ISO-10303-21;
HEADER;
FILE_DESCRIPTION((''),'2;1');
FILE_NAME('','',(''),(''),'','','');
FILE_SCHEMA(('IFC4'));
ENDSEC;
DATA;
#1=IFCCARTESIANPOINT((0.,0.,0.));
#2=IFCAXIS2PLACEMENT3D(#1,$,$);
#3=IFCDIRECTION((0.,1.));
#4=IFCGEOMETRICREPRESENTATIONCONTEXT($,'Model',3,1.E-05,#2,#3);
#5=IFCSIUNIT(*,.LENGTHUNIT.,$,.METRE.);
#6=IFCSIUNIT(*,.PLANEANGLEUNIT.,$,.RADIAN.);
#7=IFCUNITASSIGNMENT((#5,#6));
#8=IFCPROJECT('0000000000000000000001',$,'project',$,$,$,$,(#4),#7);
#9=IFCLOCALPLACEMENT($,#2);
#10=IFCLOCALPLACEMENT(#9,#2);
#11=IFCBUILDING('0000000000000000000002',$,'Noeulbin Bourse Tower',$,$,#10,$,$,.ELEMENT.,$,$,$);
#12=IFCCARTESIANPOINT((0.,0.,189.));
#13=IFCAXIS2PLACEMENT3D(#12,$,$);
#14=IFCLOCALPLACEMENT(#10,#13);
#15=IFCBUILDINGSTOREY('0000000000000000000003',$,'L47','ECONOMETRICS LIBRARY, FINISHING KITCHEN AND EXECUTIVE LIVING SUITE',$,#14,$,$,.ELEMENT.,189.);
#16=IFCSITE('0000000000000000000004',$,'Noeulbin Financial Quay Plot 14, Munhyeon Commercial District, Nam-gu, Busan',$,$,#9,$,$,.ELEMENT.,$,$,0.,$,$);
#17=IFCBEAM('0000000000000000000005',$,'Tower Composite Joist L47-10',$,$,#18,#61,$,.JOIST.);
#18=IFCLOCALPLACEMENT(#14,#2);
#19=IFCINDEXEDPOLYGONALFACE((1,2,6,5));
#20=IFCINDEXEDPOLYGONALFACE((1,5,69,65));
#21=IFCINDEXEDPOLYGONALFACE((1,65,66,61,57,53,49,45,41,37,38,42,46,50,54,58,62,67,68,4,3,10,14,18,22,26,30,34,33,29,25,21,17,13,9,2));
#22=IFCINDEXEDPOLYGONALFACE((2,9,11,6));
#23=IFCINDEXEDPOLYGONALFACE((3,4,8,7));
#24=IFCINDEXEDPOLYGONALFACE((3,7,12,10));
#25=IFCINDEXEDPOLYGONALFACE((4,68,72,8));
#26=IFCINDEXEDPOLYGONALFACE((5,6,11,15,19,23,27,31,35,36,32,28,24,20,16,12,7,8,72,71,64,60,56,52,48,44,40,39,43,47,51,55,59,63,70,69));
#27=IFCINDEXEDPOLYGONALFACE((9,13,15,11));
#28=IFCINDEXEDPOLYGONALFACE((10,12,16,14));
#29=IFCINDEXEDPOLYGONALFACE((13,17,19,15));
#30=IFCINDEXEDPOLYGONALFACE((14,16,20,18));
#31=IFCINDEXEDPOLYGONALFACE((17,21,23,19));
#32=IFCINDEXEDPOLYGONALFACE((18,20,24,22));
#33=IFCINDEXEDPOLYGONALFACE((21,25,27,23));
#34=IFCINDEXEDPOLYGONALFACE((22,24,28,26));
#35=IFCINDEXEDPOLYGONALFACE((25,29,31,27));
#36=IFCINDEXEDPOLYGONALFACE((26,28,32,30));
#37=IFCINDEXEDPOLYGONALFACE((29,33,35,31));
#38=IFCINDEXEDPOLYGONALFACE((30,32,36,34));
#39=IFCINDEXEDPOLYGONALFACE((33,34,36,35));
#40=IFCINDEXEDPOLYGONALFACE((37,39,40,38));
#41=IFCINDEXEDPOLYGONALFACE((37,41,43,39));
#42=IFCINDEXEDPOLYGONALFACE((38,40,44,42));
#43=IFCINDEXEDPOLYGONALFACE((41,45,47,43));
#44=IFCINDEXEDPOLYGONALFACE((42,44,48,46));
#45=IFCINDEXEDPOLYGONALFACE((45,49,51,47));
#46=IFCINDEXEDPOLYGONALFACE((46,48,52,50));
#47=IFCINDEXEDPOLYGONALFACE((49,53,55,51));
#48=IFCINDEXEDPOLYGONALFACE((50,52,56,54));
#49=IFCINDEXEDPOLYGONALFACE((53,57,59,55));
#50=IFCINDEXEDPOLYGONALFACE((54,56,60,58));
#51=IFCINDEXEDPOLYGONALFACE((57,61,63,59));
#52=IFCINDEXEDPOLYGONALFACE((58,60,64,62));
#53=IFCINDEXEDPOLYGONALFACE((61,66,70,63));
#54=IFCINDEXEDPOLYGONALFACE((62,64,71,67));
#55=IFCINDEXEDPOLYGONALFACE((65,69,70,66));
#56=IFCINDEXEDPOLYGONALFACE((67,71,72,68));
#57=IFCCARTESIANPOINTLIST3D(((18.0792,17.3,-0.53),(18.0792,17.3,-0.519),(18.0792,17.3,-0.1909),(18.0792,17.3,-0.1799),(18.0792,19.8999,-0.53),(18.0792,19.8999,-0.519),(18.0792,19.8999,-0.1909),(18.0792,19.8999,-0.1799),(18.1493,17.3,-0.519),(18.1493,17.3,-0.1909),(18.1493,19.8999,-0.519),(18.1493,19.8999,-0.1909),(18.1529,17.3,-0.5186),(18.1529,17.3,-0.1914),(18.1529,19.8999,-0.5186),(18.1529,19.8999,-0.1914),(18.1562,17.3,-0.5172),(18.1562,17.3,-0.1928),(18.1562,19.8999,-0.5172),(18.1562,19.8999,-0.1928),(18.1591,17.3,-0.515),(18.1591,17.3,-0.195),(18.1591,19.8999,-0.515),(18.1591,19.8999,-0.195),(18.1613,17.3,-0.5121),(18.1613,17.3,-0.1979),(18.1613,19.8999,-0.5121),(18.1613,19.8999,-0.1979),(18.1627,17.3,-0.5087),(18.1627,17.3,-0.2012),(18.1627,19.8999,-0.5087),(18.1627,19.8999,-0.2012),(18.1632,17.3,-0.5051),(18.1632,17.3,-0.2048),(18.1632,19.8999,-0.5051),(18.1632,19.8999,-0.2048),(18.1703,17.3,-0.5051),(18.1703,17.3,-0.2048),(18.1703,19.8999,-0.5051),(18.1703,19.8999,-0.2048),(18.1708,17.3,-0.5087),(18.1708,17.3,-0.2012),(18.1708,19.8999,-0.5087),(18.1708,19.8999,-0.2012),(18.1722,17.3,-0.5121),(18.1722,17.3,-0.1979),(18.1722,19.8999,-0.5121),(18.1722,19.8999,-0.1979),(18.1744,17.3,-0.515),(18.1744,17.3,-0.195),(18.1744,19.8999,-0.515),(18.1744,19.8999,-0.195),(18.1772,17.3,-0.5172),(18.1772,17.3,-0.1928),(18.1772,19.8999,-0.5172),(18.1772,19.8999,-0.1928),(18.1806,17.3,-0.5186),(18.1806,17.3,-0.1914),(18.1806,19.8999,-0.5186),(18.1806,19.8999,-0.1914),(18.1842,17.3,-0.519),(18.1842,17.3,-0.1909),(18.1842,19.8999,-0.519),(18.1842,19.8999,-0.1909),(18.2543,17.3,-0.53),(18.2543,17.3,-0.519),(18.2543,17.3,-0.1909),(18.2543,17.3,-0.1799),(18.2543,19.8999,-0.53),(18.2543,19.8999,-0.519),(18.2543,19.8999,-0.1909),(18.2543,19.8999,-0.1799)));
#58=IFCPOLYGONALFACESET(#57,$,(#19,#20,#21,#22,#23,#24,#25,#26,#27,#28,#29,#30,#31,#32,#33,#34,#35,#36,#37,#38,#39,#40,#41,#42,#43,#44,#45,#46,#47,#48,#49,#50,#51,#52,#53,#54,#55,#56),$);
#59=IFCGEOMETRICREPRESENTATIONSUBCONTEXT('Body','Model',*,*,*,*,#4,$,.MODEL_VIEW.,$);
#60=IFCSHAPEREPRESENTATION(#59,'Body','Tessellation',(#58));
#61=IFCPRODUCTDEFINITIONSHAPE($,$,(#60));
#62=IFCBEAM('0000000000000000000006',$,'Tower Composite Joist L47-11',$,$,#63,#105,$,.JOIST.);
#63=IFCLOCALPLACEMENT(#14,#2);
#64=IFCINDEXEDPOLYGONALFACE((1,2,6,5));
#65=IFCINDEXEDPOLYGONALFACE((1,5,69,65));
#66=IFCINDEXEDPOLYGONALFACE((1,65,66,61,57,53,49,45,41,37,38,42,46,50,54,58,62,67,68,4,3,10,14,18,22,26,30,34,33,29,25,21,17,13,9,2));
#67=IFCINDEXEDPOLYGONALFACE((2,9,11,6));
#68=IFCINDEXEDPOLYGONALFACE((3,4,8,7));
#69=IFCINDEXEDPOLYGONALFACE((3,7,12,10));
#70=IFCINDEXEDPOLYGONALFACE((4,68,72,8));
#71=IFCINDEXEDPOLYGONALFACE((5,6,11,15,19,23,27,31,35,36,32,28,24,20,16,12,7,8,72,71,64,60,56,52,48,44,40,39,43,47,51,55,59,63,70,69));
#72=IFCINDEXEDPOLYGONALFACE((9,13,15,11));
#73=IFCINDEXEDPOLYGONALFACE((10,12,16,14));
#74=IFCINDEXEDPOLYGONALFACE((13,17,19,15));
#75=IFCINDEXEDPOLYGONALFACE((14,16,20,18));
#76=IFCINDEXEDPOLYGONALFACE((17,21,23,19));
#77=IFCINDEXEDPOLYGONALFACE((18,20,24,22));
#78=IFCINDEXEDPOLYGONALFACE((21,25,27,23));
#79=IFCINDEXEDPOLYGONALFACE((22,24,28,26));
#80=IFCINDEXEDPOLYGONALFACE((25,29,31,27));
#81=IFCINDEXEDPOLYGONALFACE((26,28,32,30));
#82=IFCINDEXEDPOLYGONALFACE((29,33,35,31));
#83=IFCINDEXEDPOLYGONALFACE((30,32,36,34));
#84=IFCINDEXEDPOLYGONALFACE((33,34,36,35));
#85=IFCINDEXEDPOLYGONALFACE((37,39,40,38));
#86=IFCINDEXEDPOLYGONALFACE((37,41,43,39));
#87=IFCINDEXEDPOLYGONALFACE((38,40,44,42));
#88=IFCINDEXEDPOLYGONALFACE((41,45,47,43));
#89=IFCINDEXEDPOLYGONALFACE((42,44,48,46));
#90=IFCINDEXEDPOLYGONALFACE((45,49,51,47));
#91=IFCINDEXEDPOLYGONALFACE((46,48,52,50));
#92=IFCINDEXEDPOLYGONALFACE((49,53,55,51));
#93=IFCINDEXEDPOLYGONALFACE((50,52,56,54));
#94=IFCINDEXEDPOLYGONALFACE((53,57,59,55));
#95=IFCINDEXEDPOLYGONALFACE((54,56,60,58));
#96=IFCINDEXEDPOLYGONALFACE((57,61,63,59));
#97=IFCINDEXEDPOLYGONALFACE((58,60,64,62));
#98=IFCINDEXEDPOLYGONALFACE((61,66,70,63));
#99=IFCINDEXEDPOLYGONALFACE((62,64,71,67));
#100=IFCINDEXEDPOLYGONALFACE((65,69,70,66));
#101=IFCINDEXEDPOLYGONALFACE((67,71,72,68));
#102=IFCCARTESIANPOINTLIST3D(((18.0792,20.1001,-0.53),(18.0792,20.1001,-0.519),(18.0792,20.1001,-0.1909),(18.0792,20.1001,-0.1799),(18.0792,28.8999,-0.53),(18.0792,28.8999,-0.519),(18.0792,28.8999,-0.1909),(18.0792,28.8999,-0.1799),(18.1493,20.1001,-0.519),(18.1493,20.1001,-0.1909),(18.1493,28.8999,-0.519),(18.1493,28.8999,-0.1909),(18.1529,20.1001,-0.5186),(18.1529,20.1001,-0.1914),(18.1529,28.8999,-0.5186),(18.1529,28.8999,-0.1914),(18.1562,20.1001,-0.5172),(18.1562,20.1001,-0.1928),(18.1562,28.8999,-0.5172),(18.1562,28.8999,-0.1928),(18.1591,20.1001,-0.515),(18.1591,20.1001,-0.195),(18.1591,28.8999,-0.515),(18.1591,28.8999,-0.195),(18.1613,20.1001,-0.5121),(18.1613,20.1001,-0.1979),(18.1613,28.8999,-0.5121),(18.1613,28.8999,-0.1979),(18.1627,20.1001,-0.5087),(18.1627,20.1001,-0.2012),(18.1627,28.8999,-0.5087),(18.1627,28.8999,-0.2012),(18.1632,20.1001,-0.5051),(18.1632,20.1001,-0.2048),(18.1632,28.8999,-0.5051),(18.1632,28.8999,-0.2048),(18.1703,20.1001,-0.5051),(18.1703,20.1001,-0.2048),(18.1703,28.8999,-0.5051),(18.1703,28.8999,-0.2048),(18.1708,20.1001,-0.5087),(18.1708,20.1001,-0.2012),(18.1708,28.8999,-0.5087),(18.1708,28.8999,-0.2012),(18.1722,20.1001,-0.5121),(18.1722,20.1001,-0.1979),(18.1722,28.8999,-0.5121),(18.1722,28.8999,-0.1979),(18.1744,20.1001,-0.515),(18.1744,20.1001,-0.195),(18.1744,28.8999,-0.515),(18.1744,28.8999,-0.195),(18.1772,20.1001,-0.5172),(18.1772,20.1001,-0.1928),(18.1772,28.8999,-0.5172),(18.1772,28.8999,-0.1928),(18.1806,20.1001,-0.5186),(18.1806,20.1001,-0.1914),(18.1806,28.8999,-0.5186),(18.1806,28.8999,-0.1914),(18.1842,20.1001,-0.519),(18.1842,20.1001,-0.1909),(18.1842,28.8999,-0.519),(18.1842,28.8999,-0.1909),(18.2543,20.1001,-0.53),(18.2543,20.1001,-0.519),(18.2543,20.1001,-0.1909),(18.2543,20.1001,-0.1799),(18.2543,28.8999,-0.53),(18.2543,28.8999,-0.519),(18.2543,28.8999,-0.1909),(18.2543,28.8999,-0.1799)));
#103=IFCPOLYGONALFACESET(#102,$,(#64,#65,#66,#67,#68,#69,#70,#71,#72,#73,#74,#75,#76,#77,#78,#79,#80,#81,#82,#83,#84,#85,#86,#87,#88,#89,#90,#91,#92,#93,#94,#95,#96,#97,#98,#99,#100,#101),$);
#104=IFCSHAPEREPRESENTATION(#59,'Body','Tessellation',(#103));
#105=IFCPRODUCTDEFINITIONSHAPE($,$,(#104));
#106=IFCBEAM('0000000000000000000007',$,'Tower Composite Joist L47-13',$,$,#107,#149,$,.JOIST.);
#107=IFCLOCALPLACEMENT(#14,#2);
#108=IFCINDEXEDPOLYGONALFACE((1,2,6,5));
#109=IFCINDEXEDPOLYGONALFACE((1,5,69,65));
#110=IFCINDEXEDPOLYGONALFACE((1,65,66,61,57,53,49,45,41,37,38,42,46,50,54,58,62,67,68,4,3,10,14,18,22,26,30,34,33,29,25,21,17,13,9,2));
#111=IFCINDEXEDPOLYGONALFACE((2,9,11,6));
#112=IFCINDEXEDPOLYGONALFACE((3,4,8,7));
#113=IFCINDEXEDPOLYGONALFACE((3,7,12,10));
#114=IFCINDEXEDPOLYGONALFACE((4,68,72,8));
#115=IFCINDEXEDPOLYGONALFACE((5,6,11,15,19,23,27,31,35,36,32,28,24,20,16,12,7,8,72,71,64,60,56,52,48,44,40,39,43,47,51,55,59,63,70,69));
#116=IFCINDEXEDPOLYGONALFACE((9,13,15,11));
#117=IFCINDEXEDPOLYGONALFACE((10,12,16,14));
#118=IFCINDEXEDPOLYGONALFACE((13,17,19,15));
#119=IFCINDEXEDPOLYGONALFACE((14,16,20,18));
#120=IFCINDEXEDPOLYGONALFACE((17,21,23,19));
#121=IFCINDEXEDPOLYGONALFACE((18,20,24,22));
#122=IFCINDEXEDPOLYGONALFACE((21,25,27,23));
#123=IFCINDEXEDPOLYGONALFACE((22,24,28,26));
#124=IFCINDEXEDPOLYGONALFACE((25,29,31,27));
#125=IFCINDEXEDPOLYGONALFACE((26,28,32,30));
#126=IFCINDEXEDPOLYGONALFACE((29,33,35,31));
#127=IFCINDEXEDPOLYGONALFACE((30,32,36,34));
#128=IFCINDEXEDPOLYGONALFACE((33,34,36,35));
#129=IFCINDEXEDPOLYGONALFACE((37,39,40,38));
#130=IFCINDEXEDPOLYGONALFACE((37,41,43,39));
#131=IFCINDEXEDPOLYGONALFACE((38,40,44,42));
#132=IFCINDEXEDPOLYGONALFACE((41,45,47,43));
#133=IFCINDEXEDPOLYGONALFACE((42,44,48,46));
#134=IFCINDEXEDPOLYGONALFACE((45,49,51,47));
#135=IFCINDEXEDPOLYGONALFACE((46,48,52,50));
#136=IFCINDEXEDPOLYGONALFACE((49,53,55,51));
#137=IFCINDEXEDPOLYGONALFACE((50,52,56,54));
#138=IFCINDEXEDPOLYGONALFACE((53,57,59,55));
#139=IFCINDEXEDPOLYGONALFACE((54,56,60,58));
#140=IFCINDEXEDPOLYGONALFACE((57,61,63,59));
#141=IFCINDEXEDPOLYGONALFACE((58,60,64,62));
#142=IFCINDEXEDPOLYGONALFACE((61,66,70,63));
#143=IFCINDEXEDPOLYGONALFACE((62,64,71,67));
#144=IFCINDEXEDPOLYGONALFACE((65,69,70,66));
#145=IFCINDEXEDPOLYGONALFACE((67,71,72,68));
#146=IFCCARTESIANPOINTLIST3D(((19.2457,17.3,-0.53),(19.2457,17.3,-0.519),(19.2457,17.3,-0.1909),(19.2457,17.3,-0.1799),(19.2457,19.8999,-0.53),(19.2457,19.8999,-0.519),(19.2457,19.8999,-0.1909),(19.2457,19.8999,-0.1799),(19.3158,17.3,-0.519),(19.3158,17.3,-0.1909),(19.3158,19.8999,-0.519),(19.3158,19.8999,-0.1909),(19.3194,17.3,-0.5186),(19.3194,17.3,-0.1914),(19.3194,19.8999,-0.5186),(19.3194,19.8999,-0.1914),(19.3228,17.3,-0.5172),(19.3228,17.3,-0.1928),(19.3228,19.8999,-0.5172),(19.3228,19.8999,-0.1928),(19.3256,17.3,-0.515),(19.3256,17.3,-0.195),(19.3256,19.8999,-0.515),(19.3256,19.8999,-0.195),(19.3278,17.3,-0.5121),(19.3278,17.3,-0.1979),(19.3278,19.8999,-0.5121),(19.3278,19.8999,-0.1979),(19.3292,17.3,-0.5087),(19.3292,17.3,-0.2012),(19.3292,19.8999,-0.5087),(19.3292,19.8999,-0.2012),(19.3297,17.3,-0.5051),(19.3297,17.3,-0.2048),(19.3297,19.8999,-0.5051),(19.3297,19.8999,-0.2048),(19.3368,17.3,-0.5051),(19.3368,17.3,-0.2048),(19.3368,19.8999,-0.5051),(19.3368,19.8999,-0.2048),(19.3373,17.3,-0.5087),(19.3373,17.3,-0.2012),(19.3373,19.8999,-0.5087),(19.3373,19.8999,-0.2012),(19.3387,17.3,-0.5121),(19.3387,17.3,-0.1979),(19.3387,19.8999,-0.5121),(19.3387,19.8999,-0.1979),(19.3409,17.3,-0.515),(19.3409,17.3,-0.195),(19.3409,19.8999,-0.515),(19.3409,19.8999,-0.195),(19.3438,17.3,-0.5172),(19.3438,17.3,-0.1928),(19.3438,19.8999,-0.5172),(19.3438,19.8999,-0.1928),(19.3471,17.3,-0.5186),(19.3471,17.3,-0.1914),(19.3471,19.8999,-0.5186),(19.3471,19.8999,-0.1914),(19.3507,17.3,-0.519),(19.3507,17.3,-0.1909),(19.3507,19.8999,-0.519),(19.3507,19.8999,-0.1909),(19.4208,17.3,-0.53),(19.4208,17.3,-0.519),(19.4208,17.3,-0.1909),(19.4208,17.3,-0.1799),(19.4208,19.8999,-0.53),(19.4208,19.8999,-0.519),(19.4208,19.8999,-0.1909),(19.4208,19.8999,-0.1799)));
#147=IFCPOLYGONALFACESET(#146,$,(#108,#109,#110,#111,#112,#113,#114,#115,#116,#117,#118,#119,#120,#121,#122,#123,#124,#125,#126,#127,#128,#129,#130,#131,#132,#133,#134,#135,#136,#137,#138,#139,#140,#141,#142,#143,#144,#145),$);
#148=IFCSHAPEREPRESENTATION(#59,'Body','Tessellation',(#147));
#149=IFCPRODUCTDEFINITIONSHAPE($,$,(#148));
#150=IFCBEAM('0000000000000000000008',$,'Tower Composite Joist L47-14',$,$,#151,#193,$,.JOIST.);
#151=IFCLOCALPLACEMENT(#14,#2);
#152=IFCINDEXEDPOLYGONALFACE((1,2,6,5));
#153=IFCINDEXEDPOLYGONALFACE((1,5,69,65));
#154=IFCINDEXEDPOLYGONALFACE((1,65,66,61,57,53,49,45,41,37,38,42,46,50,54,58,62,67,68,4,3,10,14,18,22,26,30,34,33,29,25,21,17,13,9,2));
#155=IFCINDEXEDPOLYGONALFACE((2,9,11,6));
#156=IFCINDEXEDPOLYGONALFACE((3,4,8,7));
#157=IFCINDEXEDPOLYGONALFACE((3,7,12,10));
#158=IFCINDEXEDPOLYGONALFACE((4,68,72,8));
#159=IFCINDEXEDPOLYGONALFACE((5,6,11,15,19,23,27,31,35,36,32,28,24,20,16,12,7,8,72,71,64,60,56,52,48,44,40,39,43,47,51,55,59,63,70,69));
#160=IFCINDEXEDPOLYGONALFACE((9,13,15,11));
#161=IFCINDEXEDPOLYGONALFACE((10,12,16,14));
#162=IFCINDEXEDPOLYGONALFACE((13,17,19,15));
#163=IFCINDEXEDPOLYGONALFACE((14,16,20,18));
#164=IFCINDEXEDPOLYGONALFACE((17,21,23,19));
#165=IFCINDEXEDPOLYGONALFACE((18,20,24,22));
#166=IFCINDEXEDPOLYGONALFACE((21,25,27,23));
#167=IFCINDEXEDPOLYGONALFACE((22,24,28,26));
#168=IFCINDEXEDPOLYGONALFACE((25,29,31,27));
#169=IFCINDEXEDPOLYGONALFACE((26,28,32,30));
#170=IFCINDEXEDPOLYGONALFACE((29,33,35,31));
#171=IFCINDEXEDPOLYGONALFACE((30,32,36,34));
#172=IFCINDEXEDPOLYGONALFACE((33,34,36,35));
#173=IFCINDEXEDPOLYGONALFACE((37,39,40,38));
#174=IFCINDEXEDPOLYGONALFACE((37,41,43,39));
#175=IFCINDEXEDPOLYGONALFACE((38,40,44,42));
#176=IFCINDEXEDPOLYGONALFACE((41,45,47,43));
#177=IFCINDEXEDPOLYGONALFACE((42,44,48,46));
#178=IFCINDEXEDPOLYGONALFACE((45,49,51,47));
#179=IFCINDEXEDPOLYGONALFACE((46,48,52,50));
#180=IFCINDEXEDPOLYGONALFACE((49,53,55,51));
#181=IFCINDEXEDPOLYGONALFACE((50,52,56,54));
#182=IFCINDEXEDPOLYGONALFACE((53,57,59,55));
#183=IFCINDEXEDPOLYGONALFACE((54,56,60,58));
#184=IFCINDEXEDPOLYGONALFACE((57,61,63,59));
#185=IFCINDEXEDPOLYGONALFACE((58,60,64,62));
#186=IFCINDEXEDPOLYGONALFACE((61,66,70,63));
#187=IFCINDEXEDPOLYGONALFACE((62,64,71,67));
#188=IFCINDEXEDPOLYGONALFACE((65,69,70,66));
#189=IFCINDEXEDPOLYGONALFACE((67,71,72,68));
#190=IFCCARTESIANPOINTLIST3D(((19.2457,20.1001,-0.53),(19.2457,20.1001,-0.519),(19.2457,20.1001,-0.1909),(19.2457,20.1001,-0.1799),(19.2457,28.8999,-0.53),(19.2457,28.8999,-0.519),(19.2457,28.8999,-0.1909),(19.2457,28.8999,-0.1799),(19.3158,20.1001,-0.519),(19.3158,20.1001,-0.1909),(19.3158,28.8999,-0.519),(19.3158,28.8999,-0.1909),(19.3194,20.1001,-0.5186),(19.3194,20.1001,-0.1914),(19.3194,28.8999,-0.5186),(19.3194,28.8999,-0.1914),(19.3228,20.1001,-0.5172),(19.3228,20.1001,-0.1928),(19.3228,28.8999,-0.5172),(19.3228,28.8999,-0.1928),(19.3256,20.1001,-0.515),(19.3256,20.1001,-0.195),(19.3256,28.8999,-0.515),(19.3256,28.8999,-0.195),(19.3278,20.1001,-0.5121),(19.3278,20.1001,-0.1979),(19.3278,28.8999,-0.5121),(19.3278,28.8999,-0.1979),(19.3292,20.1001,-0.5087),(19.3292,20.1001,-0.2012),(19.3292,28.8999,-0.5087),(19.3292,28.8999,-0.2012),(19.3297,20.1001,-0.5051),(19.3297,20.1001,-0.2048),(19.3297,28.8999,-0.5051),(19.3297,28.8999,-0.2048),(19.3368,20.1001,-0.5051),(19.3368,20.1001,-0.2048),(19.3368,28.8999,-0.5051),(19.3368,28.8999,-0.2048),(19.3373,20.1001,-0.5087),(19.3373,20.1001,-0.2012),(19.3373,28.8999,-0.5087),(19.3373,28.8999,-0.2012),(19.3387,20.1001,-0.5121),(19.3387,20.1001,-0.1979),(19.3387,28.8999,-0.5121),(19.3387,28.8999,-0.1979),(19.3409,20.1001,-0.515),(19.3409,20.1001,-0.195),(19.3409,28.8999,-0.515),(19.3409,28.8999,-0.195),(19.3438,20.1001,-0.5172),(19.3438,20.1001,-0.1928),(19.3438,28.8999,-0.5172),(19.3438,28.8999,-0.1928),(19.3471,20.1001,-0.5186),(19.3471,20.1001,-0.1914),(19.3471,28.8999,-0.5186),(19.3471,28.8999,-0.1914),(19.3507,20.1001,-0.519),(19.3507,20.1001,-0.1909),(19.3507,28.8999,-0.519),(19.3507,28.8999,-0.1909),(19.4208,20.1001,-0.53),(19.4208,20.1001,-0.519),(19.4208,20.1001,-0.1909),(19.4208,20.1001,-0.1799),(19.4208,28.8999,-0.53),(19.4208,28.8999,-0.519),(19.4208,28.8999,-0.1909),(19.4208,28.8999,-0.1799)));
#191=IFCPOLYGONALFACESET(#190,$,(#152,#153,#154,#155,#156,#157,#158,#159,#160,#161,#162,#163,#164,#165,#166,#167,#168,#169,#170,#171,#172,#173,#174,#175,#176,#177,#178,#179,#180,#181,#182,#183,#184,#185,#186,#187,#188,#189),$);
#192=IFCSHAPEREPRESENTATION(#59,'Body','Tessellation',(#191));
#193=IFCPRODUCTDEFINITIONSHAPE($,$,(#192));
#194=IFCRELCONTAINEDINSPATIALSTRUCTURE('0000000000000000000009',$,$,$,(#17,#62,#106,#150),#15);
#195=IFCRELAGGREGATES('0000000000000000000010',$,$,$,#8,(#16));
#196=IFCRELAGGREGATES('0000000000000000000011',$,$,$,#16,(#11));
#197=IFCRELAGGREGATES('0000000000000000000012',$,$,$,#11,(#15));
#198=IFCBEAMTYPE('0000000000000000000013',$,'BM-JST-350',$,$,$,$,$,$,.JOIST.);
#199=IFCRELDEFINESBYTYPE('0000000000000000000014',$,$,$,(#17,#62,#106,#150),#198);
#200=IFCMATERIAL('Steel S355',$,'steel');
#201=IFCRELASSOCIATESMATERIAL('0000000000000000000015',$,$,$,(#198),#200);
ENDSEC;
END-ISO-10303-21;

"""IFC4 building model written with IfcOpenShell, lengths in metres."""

from ifc_helpers import new_model, si_unit, direction, frame, origin, origin_2d, place, context, subcontext, project, spatial, i_section, extrude, material, material_profile, profile_set, type_object, element, save


model = new_model("IFC4")

# Units and contexts
model_context = context("Model", 3, precision=1e-05, world=origin(), true_north=direction((0.0, 1.0)))
body_context = subcontext(model_context, "Body", "Model", "MODEL_VIEW")
ifc_project = project(units=[si_unit("LENGTHUNIT", "METRE"), si_unit("PLANEANGLEUNIT", "RADIAN")], contexts=[model_context])

# Site, building, storey
site_placement = place(None, origin())
site = spatial("IfcSite", under=ifc_project, at=site_placement, Name="Noeulbin Financial Quay Plot 14, Munhyeon Commercial District, Nam-gu, Busan", CompositionType="ELEMENT", RefElevation=0.0)
building_placement = place(site_placement, origin())
building = spatial("IfcBuilding", under=site, at=building_placement, Name="Noeulbin Bourse Tower", CompositionType="ELEMENT")
storey_placement = place(building_placement, frame((0.0, 0.0, 189.0)))
storey = spatial("IfcBuildingStorey", under=building, at=storey_placement, Name="L47", Description="ECONOMETRICS LIBRARY, FINISHING KITCHEN AND EXECUTIVE LIVING SUITE", CompositionType="ELEMENT", Elevation=189.0)

# Shared definitions
ifc_material_1 = material(Name="Steel S355", Category="steel")

# Beams
ifc_material_profile_1 = material_profile(ifc_material_1, i_section(OverallWidth=0.175, OverallDepth=0.3501, WebThickness=0.0071, FlangeThickness=0.011, FilletRadius=0.0139, at=origin_2d()), Name="H-350x175x7x11", Category="LoadBearing")
ifc_profile_set_1 = profile_set([ifc_material_profile_1], Name="Steel S355")
beam_type_1 = type_object("IfcBeamType", Name="BM-JST-350", PredefinedType="JOIST", material=ifc_profile_set_1)
beam_1_placement = place(storey_placement, frame((18.1667, 17.3, -0.355), z_axis=(0.0, 1.0, 0.0), x_axis=(-1.0, 0.0, 0.0)))
element("IfcBeam", 1, at=beam_1_placement, inside=storey, type_object=beam_type_1, Name="Tower Composite Joist L47-10", PredefinedType="JOIST", context=body_context, shape_type="SweptSolid", body=[
    extrude(i_section(OverallWidth=0.175, OverallDepth=0.3501, WebThickness=0.0071, FlangeThickness=0.011, FilletRadius=0.0139, at=origin_2d()), origin(), (0.0, 0.0, 1.0), 2.5999),
])
beam_2_placement = place(storey_placement, frame((18.1667, 20.1001, -0.355), z_axis=(0.0, 1.0, 0.0), x_axis=(-1.0, 0.0, 0.0)))
element("IfcBeam", 2, at=beam_2_placement, inside=storey, type_object=beam_type_1, Name="Tower Composite Joist L47-11", PredefinedType="JOIST", context=body_context, shape_type="SweptSolid", body=[
    extrude(i_section(OverallWidth=0.175, OverallDepth=0.3501, WebThickness=0.0071, FlangeThickness=0.011, FilletRadius=0.0139, at=origin_2d()), origin(), (0.0, 0.0, 1.0), 8.7998),
])
beam_3_placement = place(storey_placement, frame((19.3333, 17.3, -0.355), z_axis=(0.0, 1.0, 0.0), x_axis=(-1.0, 0.0, 0.0)))
element("IfcBeam", 3, at=beam_3_placement, inside=storey, type_object=beam_type_1, Name="Tower Composite Joist L47-13", PredefinedType="JOIST", context=body_context, shape_type="SweptSolid", body=[
    extrude(i_section(OverallWidth=0.175, OverallDepth=0.3501, WebThickness=0.0071, FlangeThickness=0.011, FilletRadius=0.0139, at=origin_2d()), origin(), (0.0, 0.0, 1.0), 2.5999),
])
beam_4_placement = place(storey_placement, frame((19.3333, 20.1001, -0.355), z_axis=(0.0, 1.0, 0.0), x_axis=(-1.0, 0.0, 0.0)))
element("IfcBeam", 4, at=beam_4_placement, inside=storey, type_object=beam_type_1, Name="Tower Composite Joist L47-14", PredefinedType="JOIST", context=body_context, shape_type="SweptSolid", body=[
    extrude(i_section(OverallWidth=0.175, OverallDepth=0.3501, WebThickness=0.0071, FlangeThickness=0.011, FilletRadius=0.0139, at=origin_2d()), origin(), (0.0, 0.0, 1.0), 8.7998),
])

save(model, "model.ifc")
